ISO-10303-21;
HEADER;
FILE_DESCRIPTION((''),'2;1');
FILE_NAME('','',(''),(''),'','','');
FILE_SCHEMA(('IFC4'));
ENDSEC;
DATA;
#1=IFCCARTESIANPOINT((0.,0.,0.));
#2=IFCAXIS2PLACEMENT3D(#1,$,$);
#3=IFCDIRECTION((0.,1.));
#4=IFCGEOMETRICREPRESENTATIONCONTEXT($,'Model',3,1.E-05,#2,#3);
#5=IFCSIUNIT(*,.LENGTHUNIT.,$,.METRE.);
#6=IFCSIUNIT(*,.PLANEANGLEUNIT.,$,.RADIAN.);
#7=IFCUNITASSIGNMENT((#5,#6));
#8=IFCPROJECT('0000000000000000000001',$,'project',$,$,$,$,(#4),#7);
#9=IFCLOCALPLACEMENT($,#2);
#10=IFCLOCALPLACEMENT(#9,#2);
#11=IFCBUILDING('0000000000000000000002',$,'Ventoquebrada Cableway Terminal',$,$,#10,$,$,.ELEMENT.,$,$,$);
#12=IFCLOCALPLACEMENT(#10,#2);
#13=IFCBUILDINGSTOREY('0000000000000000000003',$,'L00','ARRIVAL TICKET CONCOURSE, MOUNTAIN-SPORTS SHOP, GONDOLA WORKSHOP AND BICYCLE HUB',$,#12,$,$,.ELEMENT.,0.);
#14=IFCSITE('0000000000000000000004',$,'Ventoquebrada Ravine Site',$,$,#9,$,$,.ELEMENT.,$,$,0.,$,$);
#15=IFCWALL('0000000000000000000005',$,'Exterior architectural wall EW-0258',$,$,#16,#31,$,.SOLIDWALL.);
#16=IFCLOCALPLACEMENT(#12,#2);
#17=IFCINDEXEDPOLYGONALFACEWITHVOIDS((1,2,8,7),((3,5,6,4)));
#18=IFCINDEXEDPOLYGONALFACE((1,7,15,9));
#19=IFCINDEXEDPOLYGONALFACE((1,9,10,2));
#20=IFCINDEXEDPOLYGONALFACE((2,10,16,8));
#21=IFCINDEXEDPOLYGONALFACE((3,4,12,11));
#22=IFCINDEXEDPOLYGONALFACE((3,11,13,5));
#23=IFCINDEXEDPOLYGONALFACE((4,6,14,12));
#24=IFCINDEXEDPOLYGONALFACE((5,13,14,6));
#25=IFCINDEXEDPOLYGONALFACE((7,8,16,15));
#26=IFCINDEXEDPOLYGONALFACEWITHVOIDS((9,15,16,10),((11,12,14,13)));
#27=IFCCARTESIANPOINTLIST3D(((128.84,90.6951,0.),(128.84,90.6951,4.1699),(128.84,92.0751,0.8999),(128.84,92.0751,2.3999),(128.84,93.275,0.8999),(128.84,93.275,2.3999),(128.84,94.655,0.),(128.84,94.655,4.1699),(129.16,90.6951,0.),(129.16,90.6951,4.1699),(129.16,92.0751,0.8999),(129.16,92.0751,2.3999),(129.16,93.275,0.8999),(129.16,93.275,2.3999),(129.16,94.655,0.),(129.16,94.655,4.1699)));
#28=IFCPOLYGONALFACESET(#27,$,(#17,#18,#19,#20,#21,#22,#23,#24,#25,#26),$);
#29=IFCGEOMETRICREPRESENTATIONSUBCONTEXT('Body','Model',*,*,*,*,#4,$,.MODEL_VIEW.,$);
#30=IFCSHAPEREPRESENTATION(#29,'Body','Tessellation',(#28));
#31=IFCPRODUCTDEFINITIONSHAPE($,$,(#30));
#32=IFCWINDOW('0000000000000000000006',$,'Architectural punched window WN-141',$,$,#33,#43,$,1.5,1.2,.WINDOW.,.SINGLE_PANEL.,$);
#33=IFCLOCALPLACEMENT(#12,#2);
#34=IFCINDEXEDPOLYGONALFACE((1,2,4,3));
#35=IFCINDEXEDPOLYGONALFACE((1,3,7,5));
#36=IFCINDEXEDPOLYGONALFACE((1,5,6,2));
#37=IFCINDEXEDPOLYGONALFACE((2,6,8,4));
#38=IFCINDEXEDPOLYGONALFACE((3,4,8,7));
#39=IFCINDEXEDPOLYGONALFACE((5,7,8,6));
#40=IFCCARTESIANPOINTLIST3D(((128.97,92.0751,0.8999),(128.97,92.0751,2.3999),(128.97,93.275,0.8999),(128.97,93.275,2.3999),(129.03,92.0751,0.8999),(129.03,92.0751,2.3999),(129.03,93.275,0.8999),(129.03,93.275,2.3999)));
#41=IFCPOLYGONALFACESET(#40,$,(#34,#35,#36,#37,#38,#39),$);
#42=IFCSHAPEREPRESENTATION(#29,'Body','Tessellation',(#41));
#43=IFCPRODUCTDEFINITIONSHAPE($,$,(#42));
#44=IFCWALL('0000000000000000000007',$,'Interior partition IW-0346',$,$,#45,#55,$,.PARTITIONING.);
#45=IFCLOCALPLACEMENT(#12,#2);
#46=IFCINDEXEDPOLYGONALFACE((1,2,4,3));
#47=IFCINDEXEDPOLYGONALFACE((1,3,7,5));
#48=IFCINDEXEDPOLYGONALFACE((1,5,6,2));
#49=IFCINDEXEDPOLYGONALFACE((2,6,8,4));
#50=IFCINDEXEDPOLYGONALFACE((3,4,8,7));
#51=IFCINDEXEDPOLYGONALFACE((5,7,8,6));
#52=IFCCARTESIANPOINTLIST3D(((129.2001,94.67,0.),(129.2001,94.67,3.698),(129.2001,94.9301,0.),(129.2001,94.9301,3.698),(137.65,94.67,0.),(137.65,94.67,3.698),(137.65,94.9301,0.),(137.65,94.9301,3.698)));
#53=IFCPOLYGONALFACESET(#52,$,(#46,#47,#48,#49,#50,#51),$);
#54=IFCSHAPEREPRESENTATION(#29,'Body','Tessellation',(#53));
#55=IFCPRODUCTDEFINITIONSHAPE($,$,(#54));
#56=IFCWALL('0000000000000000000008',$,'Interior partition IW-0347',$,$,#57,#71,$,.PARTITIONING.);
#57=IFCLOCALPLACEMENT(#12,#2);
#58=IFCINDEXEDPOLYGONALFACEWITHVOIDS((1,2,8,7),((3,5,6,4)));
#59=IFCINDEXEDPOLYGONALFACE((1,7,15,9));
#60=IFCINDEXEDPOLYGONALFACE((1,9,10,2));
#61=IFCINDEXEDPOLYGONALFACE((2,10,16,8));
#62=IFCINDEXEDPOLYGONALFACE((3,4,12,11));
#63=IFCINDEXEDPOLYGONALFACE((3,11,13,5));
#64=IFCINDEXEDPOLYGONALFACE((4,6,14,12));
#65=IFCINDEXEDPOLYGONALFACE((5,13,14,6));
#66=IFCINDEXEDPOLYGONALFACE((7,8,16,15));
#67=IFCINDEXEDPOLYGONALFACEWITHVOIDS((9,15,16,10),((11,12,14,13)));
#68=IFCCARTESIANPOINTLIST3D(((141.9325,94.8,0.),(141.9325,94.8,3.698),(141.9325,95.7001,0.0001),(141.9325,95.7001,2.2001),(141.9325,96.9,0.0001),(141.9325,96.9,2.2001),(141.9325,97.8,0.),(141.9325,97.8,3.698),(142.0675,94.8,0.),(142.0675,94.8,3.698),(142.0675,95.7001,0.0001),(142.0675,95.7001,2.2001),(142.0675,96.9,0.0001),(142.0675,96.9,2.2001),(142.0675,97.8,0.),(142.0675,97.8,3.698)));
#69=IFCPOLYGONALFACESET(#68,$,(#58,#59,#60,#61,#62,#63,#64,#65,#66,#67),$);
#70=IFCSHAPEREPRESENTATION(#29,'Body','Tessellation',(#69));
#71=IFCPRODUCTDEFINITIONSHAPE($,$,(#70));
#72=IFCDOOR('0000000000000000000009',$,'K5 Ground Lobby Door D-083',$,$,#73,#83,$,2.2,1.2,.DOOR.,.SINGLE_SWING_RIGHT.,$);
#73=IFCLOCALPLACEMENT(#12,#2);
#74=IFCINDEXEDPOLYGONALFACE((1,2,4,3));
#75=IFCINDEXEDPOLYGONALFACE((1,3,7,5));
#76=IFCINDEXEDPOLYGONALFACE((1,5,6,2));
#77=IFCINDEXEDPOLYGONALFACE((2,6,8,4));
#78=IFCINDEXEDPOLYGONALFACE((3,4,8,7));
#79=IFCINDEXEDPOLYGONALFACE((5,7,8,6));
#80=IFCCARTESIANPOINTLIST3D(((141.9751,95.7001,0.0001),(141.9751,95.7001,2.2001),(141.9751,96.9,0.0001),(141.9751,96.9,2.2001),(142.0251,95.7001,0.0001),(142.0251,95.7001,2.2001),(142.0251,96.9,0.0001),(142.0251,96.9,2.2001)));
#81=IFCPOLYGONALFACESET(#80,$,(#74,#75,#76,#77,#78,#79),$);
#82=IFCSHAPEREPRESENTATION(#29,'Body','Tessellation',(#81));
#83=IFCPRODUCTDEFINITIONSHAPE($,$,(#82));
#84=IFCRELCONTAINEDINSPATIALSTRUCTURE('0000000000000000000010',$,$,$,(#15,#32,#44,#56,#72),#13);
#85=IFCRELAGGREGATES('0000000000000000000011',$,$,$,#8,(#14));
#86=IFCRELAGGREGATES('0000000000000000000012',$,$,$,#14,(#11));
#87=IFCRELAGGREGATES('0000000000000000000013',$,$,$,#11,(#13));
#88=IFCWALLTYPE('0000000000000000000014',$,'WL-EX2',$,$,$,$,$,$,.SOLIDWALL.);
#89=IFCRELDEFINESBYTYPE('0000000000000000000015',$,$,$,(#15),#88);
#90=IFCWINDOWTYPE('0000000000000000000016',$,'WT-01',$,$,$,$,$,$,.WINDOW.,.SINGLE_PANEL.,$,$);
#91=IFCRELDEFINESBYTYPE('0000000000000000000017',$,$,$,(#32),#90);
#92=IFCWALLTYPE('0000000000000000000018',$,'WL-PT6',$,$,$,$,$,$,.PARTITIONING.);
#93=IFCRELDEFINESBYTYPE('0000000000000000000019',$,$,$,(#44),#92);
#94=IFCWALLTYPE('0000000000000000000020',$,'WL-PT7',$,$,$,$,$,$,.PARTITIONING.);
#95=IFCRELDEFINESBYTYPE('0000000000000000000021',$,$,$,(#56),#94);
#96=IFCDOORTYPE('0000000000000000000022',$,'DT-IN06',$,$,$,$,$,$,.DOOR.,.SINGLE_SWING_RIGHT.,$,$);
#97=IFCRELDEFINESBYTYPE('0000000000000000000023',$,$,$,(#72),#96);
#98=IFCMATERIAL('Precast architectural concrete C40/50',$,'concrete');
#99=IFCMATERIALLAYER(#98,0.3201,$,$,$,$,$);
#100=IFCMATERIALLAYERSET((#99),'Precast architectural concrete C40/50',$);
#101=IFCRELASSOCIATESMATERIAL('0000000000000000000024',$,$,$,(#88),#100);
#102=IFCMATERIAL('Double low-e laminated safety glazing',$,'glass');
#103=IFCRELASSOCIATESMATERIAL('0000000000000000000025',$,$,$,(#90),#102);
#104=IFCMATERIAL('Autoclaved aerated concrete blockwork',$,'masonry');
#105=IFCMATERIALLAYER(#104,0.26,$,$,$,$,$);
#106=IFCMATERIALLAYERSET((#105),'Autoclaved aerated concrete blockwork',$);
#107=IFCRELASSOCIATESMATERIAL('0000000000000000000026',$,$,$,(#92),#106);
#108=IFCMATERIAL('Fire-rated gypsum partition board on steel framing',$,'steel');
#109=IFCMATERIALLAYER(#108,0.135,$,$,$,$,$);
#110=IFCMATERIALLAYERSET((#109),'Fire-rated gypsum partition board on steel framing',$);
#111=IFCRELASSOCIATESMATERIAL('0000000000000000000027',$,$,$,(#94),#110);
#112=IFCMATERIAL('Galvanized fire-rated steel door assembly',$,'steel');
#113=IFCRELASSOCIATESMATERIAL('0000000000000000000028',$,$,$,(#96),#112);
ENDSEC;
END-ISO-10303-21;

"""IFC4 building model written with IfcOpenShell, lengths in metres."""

from ifc_helpers import new_model, si_unit, direction, frame, frame_2d, origin, place, context, subcontext, project, spatial, rectangle, extrude, material, layer, layer_set, type_object, element, fill, save


model = new_model("IFC4")

# Units and contexts
model_context = context("Model", 3, precision=1e-05, world=origin(), true_north=direction((0.0, 1.0)))
body_context = subcontext(model_context, "Body", "Model", "MODEL_VIEW")
ifc_project = project(units=[si_unit("LENGTHUNIT", "METRE"), si_unit("PLANEANGLEUNIT", "RADIAN")], contexts=[model_context])

# Site, building, storey
site_placement = place(None, origin())
site = spatial("IfcSite", under=ifc_project, at=site_placement, Name="Ventoquebrada Ravine Site", CompositionType="ELEMENT", RefElevation=0.0)
building_placement = place(site_placement, origin())
building = spatial("IfcBuilding", under=site, at=building_placement, Name="Ventoquebrada Cableway Terminal", CompositionType="ELEMENT")
storey_placement = place(building_placement, origin())
storey = spatial("IfcBuildingStorey", under=building, at=storey_placement, Name="L00", Description="ARRIVAL TICKET CONCOURSE, MOUNTAIN-SPORTS SHOP, GONDOLA WORKSHOP AND BICYCLE HUB", CompositionType="ELEMENT", Elevation=0.0)

# Shared definitions
ifc_material_1 = material(Name="Galvanized fire-rated steel door assembly", Category="steel")

# Wall, opening, window
ifc_material_2 = material(Name="Precast architectural concrete C40/50", Category="concrete")
ifc_material_3 = material(Name="Double low-e laminated safety glazing", Category="glass")
ifc_layer_1 = layer(ifc_material_2, 0.3201)
ifc_layer_set_1 = layer_set([ifc_layer_1], Name="Precast architectural concrete C40/50")
wall_type_1 = type_object("IfcWallType", Name="WL-EX2", PredefinedType="SOLIDWALL", material=ifc_layer_set_1)
wall_1_placement = place(storey_placement, frame((129.0, 94.655, 0.0), z_axis=(0.0, 0.0, 1.0), x_axis=(0.0, -1.0, 0.0)))
wall_1 = element("IfcWall", 1, at=wall_1_placement, inside=storey, type_object=wall_type_1, Name="Exterior architectural wall EW-0258", PredefinedType="SOLIDWALL", context=body_context, shape_type="SweptSolid", body=[
    extrude(rectangle(XDim=3.96, YDim=0.3201, at=frame_2d((1.98, 0.0))), origin(), (0.0, 0.0, 1.0), 4.1699),
])
opening_1_placement = place(wall_1_placement, frame((1.3799, 0.0, 0.8999)))
opening_1 = element("IfcOpeningElement", 2, at=opening_1_placement, cuts=wall_1, PredefinedType="OPENING", context=body_context, shape_type="SweptSolid", body=[
    extrude(rectangle(XDim=1.2, YDim=1.5, at=frame_2d((0.6001, 0.75))), frame((0.0, 0.1699, 0.0), z_axis=(0.0, -1.0, 0.0), x_axis=(1.0, 0.0, 0.0)), (0.0, 0.0, 1.0), 0.3401),
])
window_type_1 = type_object("IfcWindowType", Name="WT-01", PartitioningType="SINGLE_PANEL", PredefinedType="WINDOW", material=ifc_material_3)
window_1_placement = place(opening_1_placement, origin())
window_1 = element("IfcWindow", 3, at=window_1_placement, inside=storey, type_object=window_type_1, Name="Architectural punched window WN-141", OverallHeight=1.5, OverallWidth=1.2, PartitioningType="SINGLE_PANEL", PredefinedType="WINDOW", context=body_context, shape_type="SweptSolid", body=[
    extrude(rectangle(XDim=1.2, YDim=1.5, at=frame_2d((0.6001, 0.75))), frame((0.0, 0.03, 0.0), z_axis=(0.0, -1.0, 0.0), x_axis=(1.0, 0.0, 0.0)), (0.0, 0.0, 1.0), 0.0601),
])
fill(opening_1, window_1)

# Wall
ifc_material_4 = material(Name="Autoclaved aerated concrete blockwork", Category="masonry")
ifc_layer_2 = layer(ifc_material_4, 0.26)
ifc_layer_set_2 = layer_set([ifc_layer_2], Name="Autoclaved aerated concrete blockwork")
wall_type_2 = type_object("IfcWallType", Name="WL-PT6", PredefinedType="PARTITIONING", material=ifc_layer_set_2)
wall_2_placement = place(storey_placement, frame((129.2, 94.8, 0.0), z_axis=(0.0, 0.0, 1.0), x_axis=(1.0, 0.0, 0.0)))
element("IfcWall", 4, at=wall_2_placement, inside=storey, type_object=wall_type_2, Name="Interior partition IW-0346", PredefinedType="PARTITIONING", context=body_context, shape_type="SweptSolid", body=[
    extrude(rectangle(XDim=8.45, YDim=0.26, at=frame_2d((4.2251, 0.0))), origin(), (0.0, 0.0, 1.0), 3.698),
])

# Wall, opening, door
ifc_material_5 = material(Name="Fire-rated gypsum partition board on steel framing", Category="steel")
ifc_layer_3 = layer(ifc_material_5, 0.135)
ifc_layer_set_3 = layer_set([ifc_layer_3], Name="Fire-rated gypsum partition board on steel framing")
wall_type_3 = type_object("IfcWallType", Name="WL-PT7", PredefinedType="PARTITIONING", material=ifc_layer_set_3)
wall_3_placement = place(storey_placement, frame((142.0, 94.8, 0.0), z_axis=(0.0, 0.0, 1.0), x_axis=(0.0, 1.0, 0.0)))
wall_3 = element("IfcWall", 5, at=wall_3_placement, inside=storey, type_object=wall_type_3, Name="Interior partition IW-0347", PredefinedType="PARTITIONING", context=body_context, shape_type="SweptSolid", body=[
    extrude(rectangle(XDim=3.0, YDim=0.135, at=frame_2d((1.5, 0.0))), origin(), (0.0, 0.0, 1.0), 3.698),
])
opening_2_placement = place(wall_3_placement, frame((0.8999, 0.0, 0.0)))
opening_2 = element("IfcOpeningElement", 6, at=opening_2_placement, cuts=wall_3, PredefinedType="OPENING", context=body_context, shape_type="SweptSolid", body=[
    extrude(rectangle(XDim=1.2, YDim=2.2, at=frame_2d((0.6001, 1.1001))), frame((0.0, 0.0774, 0.0), z_axis=(0.0, -1.0, 0.0), x_axis=(1.0, 0.0, 0.0)), (0.0, 0.0, 1.0), 0.155),
])
door_type_1 = type_object("IfcDoorType", Name="DT-IN06", OperationType="SINGLE_SWING_RIGHT", PredefinedType="DOOR", material=ifc_material_1)
door_1_placement = place(opening_2_placement, origin())
door_1 = element("IfcDoor", 7, at=door_1_placement, inside=storey, type_object=door_type_1, Name="K5 Ground Lobby Door D-083", OperationType="SINGLE_SWING_RIGHT", OverallHeight=2.2, OverallWidth=1.2, PredefinedType="DOOR", context=body_context, shape_type="SweptSolid", body=[
    extrude(rectangle(XDim=1.2, YDim=2.2, at=frame_2d((0.6001, 1.1001))), frame((0.0, 0.0249, 0.0), z_axis=(0.0, -1.0, 0.0), x_axis=(1.0, 0.0, 0.0)), (0.0, 0.0, 1.0), 0.05),
])
fill(opening_2, door_1)

save(model, "model.ifc")
